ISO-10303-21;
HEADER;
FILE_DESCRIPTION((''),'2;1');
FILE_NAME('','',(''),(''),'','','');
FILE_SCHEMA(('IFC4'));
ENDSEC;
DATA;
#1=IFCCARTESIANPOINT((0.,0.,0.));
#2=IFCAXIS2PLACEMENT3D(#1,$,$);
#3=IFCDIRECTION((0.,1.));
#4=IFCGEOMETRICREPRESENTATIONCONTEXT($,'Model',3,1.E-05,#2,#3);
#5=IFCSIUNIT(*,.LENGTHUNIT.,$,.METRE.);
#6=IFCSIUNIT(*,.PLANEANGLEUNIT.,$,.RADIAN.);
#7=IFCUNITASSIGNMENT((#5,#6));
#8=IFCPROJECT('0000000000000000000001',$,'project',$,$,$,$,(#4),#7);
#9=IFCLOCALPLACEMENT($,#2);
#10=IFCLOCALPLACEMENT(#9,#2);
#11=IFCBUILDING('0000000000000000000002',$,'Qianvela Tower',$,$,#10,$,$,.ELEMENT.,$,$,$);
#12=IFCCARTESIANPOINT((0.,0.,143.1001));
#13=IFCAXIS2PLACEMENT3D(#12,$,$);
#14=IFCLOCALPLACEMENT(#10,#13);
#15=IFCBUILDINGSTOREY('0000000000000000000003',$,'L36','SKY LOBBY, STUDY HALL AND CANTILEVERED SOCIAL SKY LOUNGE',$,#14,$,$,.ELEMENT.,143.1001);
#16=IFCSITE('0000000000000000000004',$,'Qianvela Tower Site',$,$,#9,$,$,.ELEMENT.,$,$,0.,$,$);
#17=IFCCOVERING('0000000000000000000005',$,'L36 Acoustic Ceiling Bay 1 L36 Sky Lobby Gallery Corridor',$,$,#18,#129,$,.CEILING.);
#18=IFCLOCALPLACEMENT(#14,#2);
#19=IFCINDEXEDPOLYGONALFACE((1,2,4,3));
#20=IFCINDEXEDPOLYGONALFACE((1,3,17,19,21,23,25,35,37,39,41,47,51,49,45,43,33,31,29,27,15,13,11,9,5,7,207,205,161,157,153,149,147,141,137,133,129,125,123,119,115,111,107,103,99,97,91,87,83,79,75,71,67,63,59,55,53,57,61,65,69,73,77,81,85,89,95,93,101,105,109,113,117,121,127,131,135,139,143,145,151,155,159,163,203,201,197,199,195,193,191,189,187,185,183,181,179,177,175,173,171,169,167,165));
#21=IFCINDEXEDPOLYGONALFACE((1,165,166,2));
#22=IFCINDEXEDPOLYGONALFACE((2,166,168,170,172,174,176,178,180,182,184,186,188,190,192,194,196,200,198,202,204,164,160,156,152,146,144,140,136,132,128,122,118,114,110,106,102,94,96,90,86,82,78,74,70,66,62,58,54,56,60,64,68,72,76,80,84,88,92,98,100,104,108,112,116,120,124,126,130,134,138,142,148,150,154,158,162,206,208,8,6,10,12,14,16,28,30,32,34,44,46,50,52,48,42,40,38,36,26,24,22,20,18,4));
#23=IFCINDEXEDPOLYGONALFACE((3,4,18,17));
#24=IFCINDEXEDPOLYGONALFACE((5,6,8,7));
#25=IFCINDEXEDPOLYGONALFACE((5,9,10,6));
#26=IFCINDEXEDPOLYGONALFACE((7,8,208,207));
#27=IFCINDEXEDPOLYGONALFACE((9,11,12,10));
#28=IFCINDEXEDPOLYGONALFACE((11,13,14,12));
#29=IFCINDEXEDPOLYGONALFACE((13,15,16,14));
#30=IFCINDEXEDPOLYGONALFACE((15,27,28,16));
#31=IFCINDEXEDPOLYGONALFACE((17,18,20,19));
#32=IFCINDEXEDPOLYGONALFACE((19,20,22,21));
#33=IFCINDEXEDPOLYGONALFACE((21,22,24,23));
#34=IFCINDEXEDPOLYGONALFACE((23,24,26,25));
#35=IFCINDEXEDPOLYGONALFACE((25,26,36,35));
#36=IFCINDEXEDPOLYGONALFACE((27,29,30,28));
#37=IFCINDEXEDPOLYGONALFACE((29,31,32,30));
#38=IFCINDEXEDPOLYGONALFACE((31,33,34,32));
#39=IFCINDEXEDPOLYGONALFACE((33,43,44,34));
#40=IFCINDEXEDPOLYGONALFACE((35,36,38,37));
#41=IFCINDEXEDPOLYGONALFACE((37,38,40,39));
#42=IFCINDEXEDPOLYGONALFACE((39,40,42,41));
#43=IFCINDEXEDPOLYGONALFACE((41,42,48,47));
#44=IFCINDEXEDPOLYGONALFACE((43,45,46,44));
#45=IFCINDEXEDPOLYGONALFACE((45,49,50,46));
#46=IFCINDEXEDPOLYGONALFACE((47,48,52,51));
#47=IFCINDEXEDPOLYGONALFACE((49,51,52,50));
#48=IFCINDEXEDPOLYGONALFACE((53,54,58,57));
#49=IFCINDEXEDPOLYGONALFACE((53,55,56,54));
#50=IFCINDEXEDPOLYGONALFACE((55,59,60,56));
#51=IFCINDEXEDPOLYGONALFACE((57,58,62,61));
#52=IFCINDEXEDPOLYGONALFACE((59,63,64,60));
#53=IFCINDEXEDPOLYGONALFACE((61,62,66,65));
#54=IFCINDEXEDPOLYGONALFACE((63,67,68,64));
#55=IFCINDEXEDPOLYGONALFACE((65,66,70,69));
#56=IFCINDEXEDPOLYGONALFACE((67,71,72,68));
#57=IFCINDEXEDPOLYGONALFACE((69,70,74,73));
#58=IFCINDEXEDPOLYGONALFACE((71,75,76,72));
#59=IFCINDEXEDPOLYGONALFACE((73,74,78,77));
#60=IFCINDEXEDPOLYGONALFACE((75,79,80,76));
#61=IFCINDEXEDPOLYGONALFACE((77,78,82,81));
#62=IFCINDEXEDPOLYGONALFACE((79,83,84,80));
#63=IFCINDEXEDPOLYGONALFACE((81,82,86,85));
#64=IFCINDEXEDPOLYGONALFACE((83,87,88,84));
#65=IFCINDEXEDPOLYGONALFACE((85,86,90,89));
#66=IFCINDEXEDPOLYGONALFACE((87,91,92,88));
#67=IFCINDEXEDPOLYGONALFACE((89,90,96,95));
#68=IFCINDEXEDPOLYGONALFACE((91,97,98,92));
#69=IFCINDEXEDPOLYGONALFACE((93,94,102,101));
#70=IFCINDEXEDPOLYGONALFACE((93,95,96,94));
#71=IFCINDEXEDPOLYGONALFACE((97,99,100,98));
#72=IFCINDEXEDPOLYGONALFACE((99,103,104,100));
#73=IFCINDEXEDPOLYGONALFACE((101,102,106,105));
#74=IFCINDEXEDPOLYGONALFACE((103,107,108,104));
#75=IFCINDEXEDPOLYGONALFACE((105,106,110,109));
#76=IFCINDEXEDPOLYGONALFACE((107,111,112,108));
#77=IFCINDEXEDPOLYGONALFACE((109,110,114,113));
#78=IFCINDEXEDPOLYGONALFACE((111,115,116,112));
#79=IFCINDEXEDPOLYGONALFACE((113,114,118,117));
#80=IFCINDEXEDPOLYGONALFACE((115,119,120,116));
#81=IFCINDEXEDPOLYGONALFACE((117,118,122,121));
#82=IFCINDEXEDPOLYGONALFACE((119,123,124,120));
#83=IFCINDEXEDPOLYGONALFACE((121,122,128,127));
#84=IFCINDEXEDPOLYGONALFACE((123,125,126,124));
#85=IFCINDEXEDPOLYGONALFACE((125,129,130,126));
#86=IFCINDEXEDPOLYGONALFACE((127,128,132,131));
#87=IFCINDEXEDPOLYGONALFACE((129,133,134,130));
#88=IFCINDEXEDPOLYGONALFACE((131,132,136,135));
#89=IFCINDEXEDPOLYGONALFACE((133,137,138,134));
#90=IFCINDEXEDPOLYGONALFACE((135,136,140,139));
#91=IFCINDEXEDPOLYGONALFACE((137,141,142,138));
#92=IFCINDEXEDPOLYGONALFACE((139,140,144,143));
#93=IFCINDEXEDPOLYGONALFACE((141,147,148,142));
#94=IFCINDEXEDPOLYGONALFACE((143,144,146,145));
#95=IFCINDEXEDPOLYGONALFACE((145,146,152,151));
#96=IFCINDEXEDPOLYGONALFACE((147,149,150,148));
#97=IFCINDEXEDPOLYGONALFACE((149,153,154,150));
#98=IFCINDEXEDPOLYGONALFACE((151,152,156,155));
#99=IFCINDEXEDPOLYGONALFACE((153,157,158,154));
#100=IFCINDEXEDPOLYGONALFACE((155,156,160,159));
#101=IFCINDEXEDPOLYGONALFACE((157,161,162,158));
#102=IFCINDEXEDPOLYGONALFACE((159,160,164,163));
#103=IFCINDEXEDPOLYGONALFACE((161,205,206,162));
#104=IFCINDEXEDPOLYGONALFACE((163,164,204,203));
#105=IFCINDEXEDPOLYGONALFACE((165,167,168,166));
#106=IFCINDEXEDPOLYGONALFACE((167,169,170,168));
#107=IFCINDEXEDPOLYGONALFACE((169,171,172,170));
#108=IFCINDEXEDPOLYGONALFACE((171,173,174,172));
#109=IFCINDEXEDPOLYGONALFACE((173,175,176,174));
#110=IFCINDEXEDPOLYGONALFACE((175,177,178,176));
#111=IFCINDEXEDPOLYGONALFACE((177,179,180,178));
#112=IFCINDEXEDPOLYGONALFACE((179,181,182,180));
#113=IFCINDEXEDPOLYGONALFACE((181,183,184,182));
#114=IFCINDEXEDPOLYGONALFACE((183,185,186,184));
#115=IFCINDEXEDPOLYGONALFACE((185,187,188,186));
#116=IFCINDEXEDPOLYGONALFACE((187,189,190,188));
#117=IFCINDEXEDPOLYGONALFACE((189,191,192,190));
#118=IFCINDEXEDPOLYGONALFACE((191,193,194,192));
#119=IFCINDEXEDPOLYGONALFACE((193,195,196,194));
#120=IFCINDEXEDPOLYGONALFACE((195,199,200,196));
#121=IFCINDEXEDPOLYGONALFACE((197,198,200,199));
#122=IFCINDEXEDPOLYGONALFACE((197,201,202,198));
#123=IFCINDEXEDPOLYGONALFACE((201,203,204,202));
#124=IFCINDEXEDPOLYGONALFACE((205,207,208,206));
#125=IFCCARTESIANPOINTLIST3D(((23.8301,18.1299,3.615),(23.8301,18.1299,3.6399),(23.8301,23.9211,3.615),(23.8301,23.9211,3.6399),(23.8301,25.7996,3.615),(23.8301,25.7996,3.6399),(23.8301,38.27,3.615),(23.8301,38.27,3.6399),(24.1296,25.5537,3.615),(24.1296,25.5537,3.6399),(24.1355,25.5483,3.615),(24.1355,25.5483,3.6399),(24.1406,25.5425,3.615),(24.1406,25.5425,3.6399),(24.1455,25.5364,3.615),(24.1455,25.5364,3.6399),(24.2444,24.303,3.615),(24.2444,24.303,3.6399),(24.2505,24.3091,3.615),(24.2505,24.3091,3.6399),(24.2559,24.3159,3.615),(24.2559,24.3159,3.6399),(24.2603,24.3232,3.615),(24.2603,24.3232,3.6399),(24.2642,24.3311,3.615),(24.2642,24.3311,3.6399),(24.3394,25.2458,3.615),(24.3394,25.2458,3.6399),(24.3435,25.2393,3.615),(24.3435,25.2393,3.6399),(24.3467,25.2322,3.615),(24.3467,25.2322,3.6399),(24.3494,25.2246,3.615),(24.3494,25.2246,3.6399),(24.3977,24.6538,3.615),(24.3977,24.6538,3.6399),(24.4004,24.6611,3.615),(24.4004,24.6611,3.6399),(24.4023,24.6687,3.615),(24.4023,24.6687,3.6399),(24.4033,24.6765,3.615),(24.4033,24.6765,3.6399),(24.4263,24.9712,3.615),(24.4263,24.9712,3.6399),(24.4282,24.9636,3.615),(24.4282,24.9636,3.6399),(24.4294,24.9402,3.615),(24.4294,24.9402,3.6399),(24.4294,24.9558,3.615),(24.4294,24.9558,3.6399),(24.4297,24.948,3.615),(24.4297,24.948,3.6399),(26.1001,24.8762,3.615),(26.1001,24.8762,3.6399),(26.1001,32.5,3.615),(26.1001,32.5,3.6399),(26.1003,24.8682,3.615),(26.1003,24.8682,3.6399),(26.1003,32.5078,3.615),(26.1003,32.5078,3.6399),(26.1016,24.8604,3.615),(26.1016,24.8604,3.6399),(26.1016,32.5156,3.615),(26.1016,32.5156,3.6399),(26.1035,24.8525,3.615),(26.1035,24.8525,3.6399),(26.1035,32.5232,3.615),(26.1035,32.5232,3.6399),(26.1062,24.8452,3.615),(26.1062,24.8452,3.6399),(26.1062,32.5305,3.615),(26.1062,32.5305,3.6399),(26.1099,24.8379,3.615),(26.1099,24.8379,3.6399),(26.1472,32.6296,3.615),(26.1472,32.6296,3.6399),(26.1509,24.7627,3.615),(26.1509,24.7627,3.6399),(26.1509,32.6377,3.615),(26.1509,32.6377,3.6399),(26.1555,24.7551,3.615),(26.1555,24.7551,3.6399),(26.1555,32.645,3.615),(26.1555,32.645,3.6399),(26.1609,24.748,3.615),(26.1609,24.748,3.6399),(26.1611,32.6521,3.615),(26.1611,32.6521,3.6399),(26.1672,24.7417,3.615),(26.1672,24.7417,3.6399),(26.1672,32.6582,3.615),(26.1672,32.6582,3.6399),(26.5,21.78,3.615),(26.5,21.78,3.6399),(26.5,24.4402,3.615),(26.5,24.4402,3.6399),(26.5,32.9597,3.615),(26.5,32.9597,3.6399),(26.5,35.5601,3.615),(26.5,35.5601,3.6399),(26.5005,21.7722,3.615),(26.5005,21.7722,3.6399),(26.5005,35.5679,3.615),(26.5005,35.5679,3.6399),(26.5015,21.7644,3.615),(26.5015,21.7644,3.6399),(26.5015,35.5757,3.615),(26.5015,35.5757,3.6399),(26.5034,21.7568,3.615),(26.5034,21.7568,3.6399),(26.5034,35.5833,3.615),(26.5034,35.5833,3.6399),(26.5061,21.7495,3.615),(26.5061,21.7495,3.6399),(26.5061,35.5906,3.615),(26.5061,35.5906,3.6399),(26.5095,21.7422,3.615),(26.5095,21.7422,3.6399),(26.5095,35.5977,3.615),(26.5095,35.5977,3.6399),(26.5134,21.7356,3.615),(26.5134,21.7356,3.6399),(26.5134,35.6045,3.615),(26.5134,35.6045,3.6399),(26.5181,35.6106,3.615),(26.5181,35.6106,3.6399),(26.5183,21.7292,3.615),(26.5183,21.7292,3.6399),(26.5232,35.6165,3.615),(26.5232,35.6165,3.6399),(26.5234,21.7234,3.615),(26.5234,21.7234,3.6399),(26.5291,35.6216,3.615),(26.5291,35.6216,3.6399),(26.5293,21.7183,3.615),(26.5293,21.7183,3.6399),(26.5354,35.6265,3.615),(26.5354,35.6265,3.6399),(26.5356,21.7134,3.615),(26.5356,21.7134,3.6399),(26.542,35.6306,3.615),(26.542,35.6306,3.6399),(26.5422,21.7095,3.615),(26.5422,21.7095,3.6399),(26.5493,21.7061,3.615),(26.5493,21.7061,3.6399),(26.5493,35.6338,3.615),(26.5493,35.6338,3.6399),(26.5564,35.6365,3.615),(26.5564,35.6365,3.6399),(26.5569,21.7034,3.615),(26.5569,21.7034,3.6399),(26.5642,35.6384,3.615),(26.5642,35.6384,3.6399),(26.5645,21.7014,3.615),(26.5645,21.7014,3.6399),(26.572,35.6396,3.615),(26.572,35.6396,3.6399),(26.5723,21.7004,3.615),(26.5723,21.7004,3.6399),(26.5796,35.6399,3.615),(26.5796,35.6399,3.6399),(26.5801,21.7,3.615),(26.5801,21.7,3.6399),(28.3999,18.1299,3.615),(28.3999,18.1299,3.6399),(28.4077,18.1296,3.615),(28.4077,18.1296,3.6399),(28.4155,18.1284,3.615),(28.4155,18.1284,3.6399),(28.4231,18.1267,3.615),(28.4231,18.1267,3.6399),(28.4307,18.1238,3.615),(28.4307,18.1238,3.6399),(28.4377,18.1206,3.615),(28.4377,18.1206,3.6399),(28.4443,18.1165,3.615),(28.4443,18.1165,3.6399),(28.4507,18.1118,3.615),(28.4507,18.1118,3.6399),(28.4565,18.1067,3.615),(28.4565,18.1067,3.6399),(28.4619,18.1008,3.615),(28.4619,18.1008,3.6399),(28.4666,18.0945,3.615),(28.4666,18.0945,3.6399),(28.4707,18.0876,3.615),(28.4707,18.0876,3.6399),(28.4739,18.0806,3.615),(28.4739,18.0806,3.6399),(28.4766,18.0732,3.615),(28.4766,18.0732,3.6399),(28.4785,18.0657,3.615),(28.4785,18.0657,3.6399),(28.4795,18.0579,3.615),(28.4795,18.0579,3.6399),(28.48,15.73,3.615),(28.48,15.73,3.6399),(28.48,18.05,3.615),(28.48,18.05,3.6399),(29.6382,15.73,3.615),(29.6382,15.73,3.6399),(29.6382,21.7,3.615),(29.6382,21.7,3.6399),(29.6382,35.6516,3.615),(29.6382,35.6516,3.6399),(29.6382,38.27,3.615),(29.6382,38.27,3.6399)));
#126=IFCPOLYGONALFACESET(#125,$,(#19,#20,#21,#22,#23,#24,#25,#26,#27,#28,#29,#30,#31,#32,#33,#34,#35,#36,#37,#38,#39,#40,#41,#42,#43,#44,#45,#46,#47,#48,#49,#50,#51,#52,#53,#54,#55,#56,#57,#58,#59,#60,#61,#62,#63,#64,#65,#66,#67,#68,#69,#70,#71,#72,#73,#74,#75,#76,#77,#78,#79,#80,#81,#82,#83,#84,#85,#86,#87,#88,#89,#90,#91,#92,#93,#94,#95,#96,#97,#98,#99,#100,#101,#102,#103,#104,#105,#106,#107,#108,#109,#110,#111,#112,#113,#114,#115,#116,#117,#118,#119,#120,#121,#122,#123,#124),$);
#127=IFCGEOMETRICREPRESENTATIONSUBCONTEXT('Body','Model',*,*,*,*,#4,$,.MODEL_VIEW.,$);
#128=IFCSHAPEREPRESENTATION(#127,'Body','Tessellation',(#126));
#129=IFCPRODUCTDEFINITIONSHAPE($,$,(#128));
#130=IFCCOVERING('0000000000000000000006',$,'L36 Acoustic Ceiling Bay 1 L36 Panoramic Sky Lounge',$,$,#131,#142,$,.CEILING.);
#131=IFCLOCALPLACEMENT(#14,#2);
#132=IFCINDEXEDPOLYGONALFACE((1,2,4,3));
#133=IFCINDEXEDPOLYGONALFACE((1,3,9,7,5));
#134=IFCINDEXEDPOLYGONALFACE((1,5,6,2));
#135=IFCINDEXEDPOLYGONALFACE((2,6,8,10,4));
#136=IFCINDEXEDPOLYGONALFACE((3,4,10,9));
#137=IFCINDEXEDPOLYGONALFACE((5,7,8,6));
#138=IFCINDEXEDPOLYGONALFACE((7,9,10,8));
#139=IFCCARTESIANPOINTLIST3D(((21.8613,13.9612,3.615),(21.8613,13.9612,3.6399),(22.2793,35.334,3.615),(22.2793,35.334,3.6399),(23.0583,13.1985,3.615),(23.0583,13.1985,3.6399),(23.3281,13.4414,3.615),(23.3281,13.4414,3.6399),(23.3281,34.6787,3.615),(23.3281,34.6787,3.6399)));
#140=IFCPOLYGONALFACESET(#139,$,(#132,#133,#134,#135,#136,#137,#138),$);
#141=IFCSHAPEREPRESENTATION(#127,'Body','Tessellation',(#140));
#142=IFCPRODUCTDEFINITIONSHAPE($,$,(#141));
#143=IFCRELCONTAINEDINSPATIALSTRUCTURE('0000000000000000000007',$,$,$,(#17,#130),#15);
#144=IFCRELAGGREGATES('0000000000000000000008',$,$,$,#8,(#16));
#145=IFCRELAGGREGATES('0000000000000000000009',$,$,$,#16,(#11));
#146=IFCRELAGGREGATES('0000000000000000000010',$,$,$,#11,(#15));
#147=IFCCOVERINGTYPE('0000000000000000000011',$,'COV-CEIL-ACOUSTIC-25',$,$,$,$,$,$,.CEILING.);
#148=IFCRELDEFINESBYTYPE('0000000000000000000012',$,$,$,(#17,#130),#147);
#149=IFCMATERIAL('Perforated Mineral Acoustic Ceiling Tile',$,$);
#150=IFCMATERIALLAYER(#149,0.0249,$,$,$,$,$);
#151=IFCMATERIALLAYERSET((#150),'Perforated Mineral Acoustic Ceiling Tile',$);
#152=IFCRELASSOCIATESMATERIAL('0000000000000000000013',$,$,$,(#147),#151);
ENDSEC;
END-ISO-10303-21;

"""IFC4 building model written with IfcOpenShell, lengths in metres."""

from ifc_helpers import new_model, si_unit, direction, frame, origin, place, context, subcontext, project, spatial, polyline, outline, extrude, material, layer, layer_set, type_object, element, save


model = new_model("IFC4")

# Units and contexts
model_context = context("Model", 3, precision=1e-05, world=origin(), true_north=direction((0.0, 1.0)))
body_context = subcontext(model_context, "Body", "Model", "MODEL_VIEW")
ifc_project = project(units=[si_unit("LENGTHUNIT", "METRE"), si_unit("PLANEANGLEUNIT", "RADIAN")], contexts=[model_context])

# Site, building, storey
site_placement = place(None, origin())
site = spatial("IfcSite", under=ifc_project, at=site_placement, Name="Qianvela Tower Site", CompositionType="ELEMENT", RefElevation=0.0)
building_placement = place(site_placement, origin())
building = spatial("IfcBuilding", under=site, at=building_placement, Name="Qianvela Tower", CompositionType="ELEMENT")
storey_placement = place(building_placement, frame((0.0, 0.0, 143.1001)))
storey = spatial("IfcBuildingStorey", under=building, at=storey_placement, Name="L36", Description="SKY LOBBY, STUDY HALL AND CANTILEVERED SOCIAL SKY LOUNGE", CompositionType="ELEMENT", Elevation=143.1001)

# Coverings
ifc_material_1 = material(Name="Perforated Mineral Acoustic Ceiling Tile")
ifc_layer_1 = layer(ifc_material_1, 0.0249)
ifc_layer_set_1 = layer_set([ifc_layer_1], Name="Perforated Mineral Acoustic Ceiling Tile")
covering_type_1 = type_object("IfcCoveringType", Name="COV-CEIL-ACOUSTIC-25", PredefinedType="CEILING", material=ifc_layer_set_1)
covering_1_placement = place(storey_placement, frame((0.0, 0.0, 3.615)))
element("IfcCovering", 1, at=covering_1_placement, inside=storey, type_object=covering_type_1, Name="L36 Acoustic Ceiling Bay 1 L36 Sky Lobby Gallery Corridor", PredefinedType="CEILING", context=body_context, shape_type="SweptSolid", body=[
    extrude(outline(polyline([(24.1406, 25.5425), (24.1355, 25.5483), (24.1296, 25.5537), (23.8301, 25.7996), (23.8301, 38.27), (29.6382, 38.27), (29.6382, 35.6516), (26.5796, 35.6399), (26.572, 35.6396), (26.5642, 35.6384), (26.5564, 35.6365), (26.5493, 35.6338), (26.542, 35.6306), (26.5354, 35.6265), (26.5291, 35.6216), (26.5232, 35.6165), (26.5181, 35.6106), (26.5134, 35.6045), (26.5095, 35.5977), (26.5061, 35.5906), (26.5034, 35.5833), (26.5015, 35.5757), (26.5005, 35.5679), (26.5, 35.5601), (26.5, 32.9597), (26.1672, 32.6582), (26.1611, 32.6521), (26.1555, 32.645), (26.1509, 32.6377), (26.1472, 32.6296), (26.1062, 32.5305), (26.1035, 32.5232), (26.1016, 32.5156), (26.1003, 32.5078), (26.1001, 32.5), (26.1001, 24.8762), (26.1003, 24.8682), (26.1016, 24.8604), (26.1035, 24.8525), (26.1062, 24.8452), (26.1099, 24.8379), (26.1509, 24.7627), (26.1555, 24.7551), (26.1609, 24.748), (26.1672, 24.7417), (26.5, 24.4402), (26.5, 21.78), (26.5005, 21.7722), (26.5015, 21.7644), (26.5034, 21.7568), (26.5061, 21.7495), (26.5095, 21.7422), (26.5134, 21.7356), (26.5183, 21.7292), (26.5234, 21.7234), (26.5293, 21.7183), (26.5356, 21.7134), (26.5422, 21.7095), (26.5493, 21.7061), (26.5569, 21.7034), (26.5645, 21.7014), (26.5723, 21.7004), (26.5801, 21.7), (29.6382, 21.7), (29.6382, 15.73), (28.48, 15.73), (28.48, 18.05), (28.4795, 18.0579), (28.4785, 18.0657), (28.4766, 18.0732), (28.4739, 18.0806), (28.4707, 18.0876), (28.4666, 18.0945), (28.4619, 18.1008), (28.4565, 18.1067), (28.4507, 18.1118), (28.4443, 18.1165), (28.4377, 18.1206), (28.4307, 18.1238), (28.4231, 18.1267), (28.4155, 18.1284), (28.4077, 18.1296), (28.3999, 18.1299), (23.8301, 18.1299), (23.8301, 23.9211), (24.2444, 24.303), (24.2505, 24.3091), (24.2559, 24.3159), (24.2603, 24.3232), (24.2642, 24.3311), (24.3977, 24.6538), (24.4004, 24.6611), (24.4023, 24.6687), (24.4033, 24.6765), (24.4294, 24.9402), (24.4297, 24.948), (24.4294, 24.9558), (24.4282, 24.9636), (24.4263, 24.9712), (24.3494, 25.2246), (24.3467, 25.2322), (24.3435, 25.2393), (24.3394, 25.2458), (24.1455, 25.5364), (24.1406, 25.5425)])), origin(), (0.0, 0.0, 1.0), 0.0249),
])
covering_2_placement = place(storey_placement, frame((0.0, 0.0, 3.615)))
element("IfcCovering", 2, at=covering_2_placement, inside=storey, type_object=covering_type_1, Name="L36 Acoustic Ceiling Bay 1 L36 Panoramic Sky Lounge", PredefinedType="CEILING", context=body_context, shape_type="SweptSolid", body=[
    extrude(outline(polyline([(23.0583, 13.1985), (21.8613, 13.9612), (22.2793, 35.334), (23.3281, 34.6787), (23.3281, 13.4414), (23.0583, 13.1985)])), origin(), (0.0, 0.0, 1.0), 0.0249),
])

save(model, "model.ifc")
